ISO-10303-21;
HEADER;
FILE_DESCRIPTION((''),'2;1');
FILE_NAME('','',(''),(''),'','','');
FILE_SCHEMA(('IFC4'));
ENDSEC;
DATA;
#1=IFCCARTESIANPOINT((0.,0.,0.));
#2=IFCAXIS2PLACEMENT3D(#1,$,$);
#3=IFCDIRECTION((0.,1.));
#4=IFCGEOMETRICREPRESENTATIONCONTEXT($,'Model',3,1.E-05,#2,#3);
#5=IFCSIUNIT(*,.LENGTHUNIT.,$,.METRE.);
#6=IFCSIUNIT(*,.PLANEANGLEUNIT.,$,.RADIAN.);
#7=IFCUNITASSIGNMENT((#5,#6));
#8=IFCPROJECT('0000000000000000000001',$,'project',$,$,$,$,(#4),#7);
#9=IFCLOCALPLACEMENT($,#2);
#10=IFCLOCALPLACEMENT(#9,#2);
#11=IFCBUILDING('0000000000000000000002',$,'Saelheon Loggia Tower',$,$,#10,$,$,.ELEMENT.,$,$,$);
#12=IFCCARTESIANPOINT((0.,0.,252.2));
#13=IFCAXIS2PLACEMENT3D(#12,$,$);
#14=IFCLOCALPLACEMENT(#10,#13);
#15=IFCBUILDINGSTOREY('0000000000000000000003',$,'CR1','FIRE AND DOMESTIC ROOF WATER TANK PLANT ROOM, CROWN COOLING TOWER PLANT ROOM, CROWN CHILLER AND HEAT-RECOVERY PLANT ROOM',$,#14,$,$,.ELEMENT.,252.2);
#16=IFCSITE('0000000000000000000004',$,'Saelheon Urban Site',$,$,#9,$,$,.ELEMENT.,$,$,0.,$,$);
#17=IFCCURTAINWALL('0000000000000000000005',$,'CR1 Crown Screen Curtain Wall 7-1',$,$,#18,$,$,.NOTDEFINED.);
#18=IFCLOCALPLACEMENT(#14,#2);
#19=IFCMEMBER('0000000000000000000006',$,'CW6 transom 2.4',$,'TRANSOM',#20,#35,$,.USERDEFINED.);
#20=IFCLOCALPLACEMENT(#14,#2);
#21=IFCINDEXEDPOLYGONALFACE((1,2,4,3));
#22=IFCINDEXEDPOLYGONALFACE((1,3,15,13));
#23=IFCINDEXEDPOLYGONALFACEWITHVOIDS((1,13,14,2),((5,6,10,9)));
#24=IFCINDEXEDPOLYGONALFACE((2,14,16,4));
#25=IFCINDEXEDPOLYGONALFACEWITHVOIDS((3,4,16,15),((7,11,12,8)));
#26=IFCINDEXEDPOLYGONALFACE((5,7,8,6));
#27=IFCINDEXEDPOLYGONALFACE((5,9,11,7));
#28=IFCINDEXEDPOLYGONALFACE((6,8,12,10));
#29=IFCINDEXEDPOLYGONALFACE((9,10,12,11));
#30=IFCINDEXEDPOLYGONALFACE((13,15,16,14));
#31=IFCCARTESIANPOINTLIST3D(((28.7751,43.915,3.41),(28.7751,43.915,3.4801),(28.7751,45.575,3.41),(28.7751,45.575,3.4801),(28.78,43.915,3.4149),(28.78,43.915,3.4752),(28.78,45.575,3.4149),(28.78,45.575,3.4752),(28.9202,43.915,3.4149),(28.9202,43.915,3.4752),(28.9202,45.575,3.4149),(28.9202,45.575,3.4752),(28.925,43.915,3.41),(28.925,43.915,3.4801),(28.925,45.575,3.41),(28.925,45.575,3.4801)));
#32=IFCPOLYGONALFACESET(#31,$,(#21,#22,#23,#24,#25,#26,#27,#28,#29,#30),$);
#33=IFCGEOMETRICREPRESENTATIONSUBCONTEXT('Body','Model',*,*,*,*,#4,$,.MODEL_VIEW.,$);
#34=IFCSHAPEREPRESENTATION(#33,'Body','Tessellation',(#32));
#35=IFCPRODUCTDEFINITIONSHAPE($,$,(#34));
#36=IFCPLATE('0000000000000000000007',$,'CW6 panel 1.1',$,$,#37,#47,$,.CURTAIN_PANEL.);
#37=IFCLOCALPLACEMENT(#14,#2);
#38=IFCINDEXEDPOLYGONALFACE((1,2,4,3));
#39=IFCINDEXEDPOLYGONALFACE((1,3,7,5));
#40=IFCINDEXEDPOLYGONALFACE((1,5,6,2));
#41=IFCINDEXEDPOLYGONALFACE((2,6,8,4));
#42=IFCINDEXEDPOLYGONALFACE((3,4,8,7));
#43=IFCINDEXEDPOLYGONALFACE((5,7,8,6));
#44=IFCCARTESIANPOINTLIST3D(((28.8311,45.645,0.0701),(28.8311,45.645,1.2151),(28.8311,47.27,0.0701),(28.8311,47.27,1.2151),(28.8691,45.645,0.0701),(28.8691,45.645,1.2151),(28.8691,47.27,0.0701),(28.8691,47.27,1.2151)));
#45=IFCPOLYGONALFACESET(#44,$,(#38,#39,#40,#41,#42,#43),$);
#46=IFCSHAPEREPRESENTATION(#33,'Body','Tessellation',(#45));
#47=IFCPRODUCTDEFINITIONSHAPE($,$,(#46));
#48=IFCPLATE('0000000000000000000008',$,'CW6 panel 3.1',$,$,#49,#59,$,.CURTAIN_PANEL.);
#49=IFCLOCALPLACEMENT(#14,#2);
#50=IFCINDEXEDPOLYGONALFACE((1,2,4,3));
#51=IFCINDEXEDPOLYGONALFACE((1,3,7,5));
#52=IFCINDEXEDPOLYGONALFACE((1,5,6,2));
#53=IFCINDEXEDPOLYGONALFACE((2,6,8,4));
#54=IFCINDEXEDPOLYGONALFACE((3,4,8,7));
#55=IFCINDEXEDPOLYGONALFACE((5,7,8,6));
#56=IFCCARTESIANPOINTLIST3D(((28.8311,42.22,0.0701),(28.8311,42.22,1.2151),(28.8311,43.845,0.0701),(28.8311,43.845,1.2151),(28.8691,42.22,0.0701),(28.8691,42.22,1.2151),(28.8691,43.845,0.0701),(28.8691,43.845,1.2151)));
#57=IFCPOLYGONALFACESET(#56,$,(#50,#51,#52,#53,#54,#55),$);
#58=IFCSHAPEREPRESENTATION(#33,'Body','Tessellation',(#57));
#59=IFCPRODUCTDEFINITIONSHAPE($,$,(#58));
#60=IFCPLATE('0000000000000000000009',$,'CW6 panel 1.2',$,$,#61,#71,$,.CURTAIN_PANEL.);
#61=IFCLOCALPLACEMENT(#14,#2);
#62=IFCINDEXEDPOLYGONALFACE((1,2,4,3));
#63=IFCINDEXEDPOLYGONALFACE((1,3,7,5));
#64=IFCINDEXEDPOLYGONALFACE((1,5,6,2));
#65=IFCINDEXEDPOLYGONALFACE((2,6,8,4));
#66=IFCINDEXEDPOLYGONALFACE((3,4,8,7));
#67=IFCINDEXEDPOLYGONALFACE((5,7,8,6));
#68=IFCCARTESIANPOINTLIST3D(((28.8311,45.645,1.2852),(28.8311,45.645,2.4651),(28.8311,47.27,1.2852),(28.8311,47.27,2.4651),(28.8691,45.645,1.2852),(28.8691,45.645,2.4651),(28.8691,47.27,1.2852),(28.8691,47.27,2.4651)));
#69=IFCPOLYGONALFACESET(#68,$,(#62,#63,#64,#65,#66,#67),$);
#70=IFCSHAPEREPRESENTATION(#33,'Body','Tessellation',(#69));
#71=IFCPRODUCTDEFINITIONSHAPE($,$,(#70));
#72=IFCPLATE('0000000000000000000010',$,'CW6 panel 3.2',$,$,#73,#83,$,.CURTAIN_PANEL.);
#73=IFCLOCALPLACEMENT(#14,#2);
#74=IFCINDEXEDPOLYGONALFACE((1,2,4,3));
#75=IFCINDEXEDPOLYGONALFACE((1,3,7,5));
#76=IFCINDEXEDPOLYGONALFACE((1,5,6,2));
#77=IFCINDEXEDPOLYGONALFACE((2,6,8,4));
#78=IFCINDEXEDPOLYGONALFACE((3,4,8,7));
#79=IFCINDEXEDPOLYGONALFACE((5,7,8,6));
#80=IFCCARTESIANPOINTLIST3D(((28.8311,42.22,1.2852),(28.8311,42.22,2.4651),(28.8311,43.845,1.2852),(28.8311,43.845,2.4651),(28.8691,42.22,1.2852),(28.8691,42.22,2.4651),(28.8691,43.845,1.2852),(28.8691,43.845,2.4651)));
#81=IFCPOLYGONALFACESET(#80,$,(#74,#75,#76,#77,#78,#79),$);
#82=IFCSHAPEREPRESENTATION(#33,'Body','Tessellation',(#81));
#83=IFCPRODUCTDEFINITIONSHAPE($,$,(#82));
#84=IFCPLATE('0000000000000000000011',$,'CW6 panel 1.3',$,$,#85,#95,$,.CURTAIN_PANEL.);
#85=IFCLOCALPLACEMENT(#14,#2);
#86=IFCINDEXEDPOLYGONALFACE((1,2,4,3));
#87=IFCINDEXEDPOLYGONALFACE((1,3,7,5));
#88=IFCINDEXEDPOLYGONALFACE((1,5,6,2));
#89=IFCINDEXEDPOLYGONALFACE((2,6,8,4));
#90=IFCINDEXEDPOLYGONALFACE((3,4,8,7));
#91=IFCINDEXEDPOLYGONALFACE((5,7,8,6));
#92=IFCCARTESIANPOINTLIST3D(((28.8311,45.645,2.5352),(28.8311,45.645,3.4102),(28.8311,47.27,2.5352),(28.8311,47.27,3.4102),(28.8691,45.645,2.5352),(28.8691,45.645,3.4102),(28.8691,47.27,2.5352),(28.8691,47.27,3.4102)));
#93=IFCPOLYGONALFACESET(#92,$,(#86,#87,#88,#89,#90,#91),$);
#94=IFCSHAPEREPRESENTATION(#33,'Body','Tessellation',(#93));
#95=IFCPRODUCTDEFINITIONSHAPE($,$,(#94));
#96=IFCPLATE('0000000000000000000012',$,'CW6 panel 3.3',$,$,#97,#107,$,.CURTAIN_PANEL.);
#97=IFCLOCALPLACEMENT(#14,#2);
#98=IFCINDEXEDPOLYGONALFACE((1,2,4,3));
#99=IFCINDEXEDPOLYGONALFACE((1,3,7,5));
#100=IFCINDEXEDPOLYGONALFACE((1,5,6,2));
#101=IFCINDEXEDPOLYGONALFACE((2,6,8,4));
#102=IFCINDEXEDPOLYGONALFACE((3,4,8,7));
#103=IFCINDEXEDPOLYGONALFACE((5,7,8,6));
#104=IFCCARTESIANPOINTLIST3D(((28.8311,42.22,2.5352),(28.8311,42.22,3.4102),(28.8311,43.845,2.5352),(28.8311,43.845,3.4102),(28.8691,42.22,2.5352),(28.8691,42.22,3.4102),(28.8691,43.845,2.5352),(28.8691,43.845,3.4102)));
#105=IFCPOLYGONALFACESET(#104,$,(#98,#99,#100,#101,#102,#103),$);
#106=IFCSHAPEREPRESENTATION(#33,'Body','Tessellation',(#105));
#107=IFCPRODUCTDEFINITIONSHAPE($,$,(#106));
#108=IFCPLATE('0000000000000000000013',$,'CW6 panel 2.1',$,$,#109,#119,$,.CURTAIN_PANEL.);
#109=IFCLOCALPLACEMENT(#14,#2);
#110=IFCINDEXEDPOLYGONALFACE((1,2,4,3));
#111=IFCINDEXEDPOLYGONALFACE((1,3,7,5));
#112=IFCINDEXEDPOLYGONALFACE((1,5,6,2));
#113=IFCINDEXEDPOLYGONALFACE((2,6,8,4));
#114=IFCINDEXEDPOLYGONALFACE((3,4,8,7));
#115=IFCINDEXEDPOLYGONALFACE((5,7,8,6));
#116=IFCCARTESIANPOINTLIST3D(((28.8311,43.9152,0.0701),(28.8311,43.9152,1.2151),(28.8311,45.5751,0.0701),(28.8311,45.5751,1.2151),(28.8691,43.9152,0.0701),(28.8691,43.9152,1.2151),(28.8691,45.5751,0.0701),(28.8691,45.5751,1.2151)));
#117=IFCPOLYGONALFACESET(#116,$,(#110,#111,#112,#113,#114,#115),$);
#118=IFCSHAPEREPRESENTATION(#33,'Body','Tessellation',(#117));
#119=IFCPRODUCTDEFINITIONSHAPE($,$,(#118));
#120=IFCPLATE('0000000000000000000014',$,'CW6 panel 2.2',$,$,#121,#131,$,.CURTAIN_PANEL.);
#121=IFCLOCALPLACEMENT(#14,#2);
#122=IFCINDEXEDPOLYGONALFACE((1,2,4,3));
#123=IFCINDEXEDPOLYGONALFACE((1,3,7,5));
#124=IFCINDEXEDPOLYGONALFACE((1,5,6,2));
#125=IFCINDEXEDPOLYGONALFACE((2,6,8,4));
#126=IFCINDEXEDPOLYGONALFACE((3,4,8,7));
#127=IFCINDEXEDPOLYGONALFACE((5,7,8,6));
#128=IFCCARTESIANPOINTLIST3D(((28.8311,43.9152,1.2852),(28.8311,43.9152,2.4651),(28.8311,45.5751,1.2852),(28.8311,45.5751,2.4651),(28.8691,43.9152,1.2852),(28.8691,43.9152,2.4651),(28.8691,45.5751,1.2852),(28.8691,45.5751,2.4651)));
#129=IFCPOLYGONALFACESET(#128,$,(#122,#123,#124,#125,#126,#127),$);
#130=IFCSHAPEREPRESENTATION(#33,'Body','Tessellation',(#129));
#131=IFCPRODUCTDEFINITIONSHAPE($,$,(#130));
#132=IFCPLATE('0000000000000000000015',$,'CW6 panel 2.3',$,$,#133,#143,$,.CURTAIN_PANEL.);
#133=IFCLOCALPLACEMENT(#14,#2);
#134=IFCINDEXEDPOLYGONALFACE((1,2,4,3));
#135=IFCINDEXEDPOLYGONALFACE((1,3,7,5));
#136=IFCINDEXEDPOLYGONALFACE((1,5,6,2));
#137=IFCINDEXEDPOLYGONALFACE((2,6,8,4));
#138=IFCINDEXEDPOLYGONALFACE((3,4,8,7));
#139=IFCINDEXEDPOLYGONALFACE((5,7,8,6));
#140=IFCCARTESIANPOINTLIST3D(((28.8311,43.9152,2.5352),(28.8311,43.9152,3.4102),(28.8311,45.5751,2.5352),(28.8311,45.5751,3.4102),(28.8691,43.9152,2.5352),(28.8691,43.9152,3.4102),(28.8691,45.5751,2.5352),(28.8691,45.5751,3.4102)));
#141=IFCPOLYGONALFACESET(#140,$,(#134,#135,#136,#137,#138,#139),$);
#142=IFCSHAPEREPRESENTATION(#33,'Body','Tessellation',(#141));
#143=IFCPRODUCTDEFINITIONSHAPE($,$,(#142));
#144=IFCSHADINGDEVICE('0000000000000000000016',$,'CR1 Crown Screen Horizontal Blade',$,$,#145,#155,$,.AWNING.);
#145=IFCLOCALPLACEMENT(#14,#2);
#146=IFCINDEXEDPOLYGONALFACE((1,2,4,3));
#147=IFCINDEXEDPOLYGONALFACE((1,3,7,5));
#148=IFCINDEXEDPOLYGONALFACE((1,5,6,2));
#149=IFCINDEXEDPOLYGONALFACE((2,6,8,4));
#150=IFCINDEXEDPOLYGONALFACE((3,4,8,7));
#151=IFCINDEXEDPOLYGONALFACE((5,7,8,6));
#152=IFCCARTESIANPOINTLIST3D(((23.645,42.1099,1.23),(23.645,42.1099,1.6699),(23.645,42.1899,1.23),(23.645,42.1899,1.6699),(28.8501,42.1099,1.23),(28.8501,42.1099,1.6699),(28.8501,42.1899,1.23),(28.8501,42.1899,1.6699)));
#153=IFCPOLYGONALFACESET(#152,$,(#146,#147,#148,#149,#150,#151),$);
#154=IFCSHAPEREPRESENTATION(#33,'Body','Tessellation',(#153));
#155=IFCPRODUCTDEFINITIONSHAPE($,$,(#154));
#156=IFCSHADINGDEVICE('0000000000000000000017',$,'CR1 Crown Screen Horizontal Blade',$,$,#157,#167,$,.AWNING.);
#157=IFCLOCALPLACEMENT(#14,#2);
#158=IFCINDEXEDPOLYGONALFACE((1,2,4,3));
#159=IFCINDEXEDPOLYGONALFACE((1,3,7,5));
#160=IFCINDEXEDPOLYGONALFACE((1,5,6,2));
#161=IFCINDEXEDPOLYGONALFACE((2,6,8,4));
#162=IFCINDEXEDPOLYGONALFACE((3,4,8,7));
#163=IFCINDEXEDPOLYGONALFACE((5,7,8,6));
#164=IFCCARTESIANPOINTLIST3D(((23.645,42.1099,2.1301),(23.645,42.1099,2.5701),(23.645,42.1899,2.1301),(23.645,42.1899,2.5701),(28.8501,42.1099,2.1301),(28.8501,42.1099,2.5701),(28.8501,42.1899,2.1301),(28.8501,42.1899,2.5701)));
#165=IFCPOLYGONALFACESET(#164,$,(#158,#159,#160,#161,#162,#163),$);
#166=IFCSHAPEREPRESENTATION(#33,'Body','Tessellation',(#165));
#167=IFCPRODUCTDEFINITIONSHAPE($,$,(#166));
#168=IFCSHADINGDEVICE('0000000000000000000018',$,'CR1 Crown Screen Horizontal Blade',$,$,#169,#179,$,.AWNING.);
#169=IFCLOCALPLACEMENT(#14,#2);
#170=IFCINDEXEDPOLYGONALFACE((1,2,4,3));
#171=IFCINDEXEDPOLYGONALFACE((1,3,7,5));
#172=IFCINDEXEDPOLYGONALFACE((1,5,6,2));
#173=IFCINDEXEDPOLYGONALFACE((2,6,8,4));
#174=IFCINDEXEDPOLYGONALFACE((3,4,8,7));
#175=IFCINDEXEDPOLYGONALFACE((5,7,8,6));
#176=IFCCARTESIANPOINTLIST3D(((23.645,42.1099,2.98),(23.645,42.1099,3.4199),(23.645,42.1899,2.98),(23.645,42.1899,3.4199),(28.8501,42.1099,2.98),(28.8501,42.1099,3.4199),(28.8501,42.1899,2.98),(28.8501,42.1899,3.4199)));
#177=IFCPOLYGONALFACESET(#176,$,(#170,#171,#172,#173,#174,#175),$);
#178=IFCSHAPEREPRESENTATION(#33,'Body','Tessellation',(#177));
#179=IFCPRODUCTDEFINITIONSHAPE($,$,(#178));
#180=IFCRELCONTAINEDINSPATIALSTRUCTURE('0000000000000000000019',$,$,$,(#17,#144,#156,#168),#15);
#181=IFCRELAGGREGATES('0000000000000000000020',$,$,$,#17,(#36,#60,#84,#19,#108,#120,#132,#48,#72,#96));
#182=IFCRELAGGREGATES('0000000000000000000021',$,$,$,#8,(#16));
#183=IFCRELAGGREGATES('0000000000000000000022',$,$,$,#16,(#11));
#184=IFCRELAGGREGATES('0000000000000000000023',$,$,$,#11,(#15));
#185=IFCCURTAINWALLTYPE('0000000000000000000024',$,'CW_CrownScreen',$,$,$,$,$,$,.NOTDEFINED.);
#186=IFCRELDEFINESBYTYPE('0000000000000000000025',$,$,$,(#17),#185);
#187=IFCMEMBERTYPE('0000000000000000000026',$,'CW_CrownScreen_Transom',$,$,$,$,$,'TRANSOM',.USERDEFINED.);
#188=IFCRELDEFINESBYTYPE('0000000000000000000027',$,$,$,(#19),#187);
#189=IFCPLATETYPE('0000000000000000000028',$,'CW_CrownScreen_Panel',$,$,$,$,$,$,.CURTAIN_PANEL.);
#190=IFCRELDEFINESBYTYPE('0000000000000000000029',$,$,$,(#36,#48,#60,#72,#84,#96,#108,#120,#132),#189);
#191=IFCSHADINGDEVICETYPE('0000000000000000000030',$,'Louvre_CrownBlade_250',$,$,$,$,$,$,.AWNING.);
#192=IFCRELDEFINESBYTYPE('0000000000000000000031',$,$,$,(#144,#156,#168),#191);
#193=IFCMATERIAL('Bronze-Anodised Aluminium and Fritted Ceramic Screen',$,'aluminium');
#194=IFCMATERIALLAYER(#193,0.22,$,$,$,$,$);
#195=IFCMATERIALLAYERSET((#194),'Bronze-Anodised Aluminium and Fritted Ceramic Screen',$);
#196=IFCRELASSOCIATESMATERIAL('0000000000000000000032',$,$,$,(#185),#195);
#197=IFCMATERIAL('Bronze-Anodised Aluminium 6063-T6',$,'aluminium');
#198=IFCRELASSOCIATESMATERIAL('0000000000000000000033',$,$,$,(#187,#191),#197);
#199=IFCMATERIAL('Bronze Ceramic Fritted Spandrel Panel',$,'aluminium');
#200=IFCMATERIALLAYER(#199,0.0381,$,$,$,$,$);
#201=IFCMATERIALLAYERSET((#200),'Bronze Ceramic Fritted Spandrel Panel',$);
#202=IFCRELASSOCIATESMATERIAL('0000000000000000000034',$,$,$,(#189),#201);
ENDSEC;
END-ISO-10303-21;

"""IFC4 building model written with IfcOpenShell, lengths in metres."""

from ifc_helpers import new_model, si_unit, direction, frame, origin, origin_2d, place, context, subcontext, project, spatial, rectangle, hollow_rectangle, extrude, source, transform, mapped, material, layer, layer_set, material_profile, profile_set, type_object, element, aggregate, save


model = new_model("IFC4")

# Units and contexts
model_context = context("Model", 3, precision=1e-05, world=origin(), true_north=direction((0.0, 1.0)))
body_context = subcontext(model_context, "Body", "Model", "MODEL_VIEW")
ifc_project = project(units=[si_unit("LENGTHUNIT", "METRE"), si_unit("PLANEANGLEUNIT", "RADIAN")], contexts=[model_context])

# Site, building, storey
site_placement = place(None, origin())
site = spatial("IfcSite", under=ifc_project, at=site_placement, Name="Saelheon Urban Site", CompositionType="ELEMENT", RefElevation=0.0)
building_placement = place(site_placement, origin())
building = spatial("IfcBuilding", under=site, at=building_placement, Name="Saelheon Loggia Tower", CompositionType="ELEMENT")
storey_placement = place(building_placement, frame((0.0, 0.0, 252.2)))
storey = spatial("IfcBuildingStorey", under=building, at=storey_placement, Name="CR1", Description="FIRE AND DOMESTIC ROOF WATER TANK PLANT ROOM, CROWN COOLING TOWER PLANT ROOM, CROWN CHILLER AND HEAT-RECOVERY PLANT ROOM", CompositionType="ELEMENT", Elevation=252.2)

# Curtain wall, member, plates
ifc_material_1 = material(Name="Bronze-Anodised Aluminium and Fritted Ceramic Screen", Category="aluminium")
ifc_layer_1 = layer(ifc_material_1, 0.22)
ifc_layer_set_1 = layer_set([ifc_layer_1], Name="Bronze-Anodised Aluminium and Fritted Ceramic Screen")
curtain_wall_type = type_object("IfcCurtainWallType", Name="CW_CrownScreen", PredefinedType="NOTDEFINED", material=ifc_layer_set_1)
curtain_wall_placement = place(storey_placement, origin())
curtain_wall = element("IfcCurtainWall", 1, at=curtain_wall_placement, inside=storey, type_object=curtain_wall_type, Name="CR1 Crown Screen Curtain Wall 7-1", PredefinedType="NOTDEFINED")
ifc_material_2 = material(Name="Bronze-Anodised Aluminium 6063-T6", Category="aluminium")
ifc_material_profile_1 = material_profile(ifc_material_2, hollow_rectangle(XDim=0.0701, YDim=0.1499, WallThickness=0.0049, at=origin_2d()), Name="RHS-150x70x5")
ifc_profile_set_1 = profile_set([ifc_material_profile_1], Name="Bronze-Anodised Aluminium 6063-T6")
member_type_1 = type_object("IfcMemberType", Name="CW_CrownScreen_Transom", ElementType="TRANSOM", PredefinedType="USERDEFINED", material=ifc_profile_set_1)
shared_shape_1 = source(origin(), body_context, "Body", "SweptSolid", [
    extrude(hollow_rectangle(XDim=0.0701, YDim=0.1499, WallThickness=0.0049, at=origin_2d()), origin(), (0.0, 0.0, 1.0), 1.6599),
])
member_1_placement = place(storey_placement, frame((28.8501, 45.575, 3.4451), z_axis=(0.0, -1.0, 0.0), x_axis=(0.0, 0.0, 1.0)))
member_1 = element("IfcMember", 2, at=member_1_placement, type_object=member_type_1, Name="CW6 transom 2.4", ObjectType="TRANSOM", PredefinedType="USERDEFINED", context=body_context, shape_type="MappedRepresentation", body=[
    mapped(shared_shape_1, transform((0.0, 0.0, 0.0), scale=1.0)),
])
ifc_material_3 = material(Name="Bronze Ceramic Fritted Spandrel Panel", Category="aluminium")
ifc_layer_2 = layer(ifc_material_3, 0.0381)
ifc_layer_set_2 = layer_set([ifc_layer_2], Name="Bronze Ceramic Fritted Spandrel Panel")
plate_type = type_object("IfcPlateType", Name="CW_CrownScreen_Panel", PredefinedType="CURTAIN_PANEL", material=ifc_layer_set_2)
shared_shape_2 = source(origin(), body_context, "Body", "SweptSolid", [
    extrude(rectangle(XDim=1.625, YDim=0.0381, at=origin_2d()), origin(), (0.0, 0.0, 1.0), 1.145),
])
plate_1_placement = place(storey_placement, frame((28.8501, 46.4575, 0.0701), z_axis=(0.0, 0.0, 1.0), x_axis=(0.0, -1.0, 0.0)))
plate_1 = element("IfcPlate", 3, at=plate_1_placement, type_object=plate_type, Name="CW6 panel 1.1", PredefinedType="CURTAIN_PANEL", context=body_context, shape_type="MappedRepresentation", body=[
    mapped(shared_shape_2, transform((0.0, 0.0, 0.0), scale=1.0)),
])
plate_2_placement = place(storey_placement, frame((28.8501, 43.0325, 0.0701), z_axis=(0.0, 0.0, 1.0), x_axis=(0.0, -1.0, 0.0)))
plate_2 = element("IfcPlate", 4, at=plate_2_placement, type_object=plate_type, Name="CW6 panel 3.1", PredefinedType="CURTAIN_PANEL", context=body_context, shape_type="MappedRepresentation", body=[
    mapped(shared_shape_2, transform((0.0, 0.0, 0.0), scale=1.0)),
])
shared_shape_3 = source(origin(), body_context, "Body", "SweptSolid", [
    extrude(rectangle(XDim=1.625, YDim=0.0381, at=origin_2d()), origin(), (0.0, 0.0, 1.0), 1.1799),
])
plate_3_placement = place(storey_placement, frame((28.8501, 46.4575, 1.2852), z_axis=(0.0, 0.0, 1.0), x_axis=(0.0, -1.0, 0.0)))
plate_3 = element("IfcPlate", 5, at=plate_3_placement, type_object=plate_type, Name="CW6 panel 1.2", PredefinedType="CURTAIN_PANEL", context=body_context, shape_type="MappedRepresentation", body=[
    mapped(shared_shape_3, transform((0.0, 0.0, 0.0), scale=1.0)),
])
plate_4_placement = place(storey_placement, frame((28.8501, 43.0325, 1.2852), z_axis=(0.0, 0.0, 1.0), x_axis=(0.0, -1.0, 0.0)))
plate_4 = element("IfcPlate", 6, at=plate_4_placement, type_object=plate_type, Name="CW6 panel 3.2", PredefinedType="CURTAIN_PANEL", context=body_context, shape_type="MappedRepresentation", body=[
    mapped(shared_shape_3, transform((0.0, 0.0, 0.0), scale=1.0)),
])
shared_shape_4 = source(origin(), body_context, "Body", "SweptSolid", [
    extrude(rectangle(XDim=1.625, YDim=0.0381, at=origin_2d()), origin(), (0.0, 0.0, 1.0), 0.875),
])
plate_5_placement = place(storey_placement, frame((28.8501, 46.4575, 2.5352), z_axis=(0.0, 0.0, 1.0), x_axis=(0.0, -1.0, 0.0)))
plate_5 = element("IfcPlate", 7, at=plate_5_placement, type_object=plate_type, Name="CW6 panel 1.3", PredefinedType="CURTAIN_PANEL", context=body_context, shape_type="MappedRepresentation", body=[
    mapped(shared_shape_4, transform((0.0, 0.0, 0.0), scale=1.0)),
])
plate_6_placement = place(storey_placement, frame((28.8501, 43.0325, 2.5352), z_axis=(0.0, 0.0, 1.0), x_axis=(0.0, -1.0, 0.0)))
plate_6 = element("IfcPlate", 8, at=plate_6_placement, type_object=plate_type, Name="CW6 panel 3.3", PredefinedType="CURTAIN_PANEL", context=body_context, shape_type="MappedRepresentation", body=[
    mapped(shared_shape_4, transform((0.0, 0.0, 0.0), scale=1.0)),
])
shared_shape_5 = source(origin(), body_context, "Body", "SweptSolid", [
    extrude(rectangle(XDim=1.6599, YDim=0.0381, at=origin_2d()), origin(), (0.0, 0.0, 1.0), 1.145),
])
plate_7_placement = place(storey_placement, frame((28.8501, 44.7451, 0.0701), z_axis=(0.0, 0.0, 1.0), x_axis=(0.0, -1.0, 0.0)))
plate_7 = element("IfcPlate", 9, at=plate_7_placement, type_object=plate_type, Name="CW6 panel 2.1", PredefinedType="CURTAIN_PANEL", context=body_context, shape_type="MappedRepresentation", body=[
    mapped(shared_shape_5, transform((0.0, 0.0, 0.0), scale=1.0)),
])
shared_shape_6 = source(origin(), body_context, "Body", "SweptSolid", [
    extrude(rectangle(XDim=1.6599, YDim=0.0381, at=origin_2d()), origin(), (0.0, 0.0, 1.0), 1.1799),
])
plate_8_placement = place(storey_placement, frame((28.8501, 44.7451, 1.2852), z_axis=(0.0, 0.0, 1.0), x_axis=(0.0, -1.0, 0.0)))
plate_8 = element("IfcPlate", 10, at=plate_8_placement, type_object=plate_type, Name="CW6 panel 2.2", PredefinedType="CURTAIN_PANEL", context=body_context, shape_type="MappedRepresentation", body=[
    mapped(shared_shape_6, transform((0.0, 0.0, 0.0), scale=1.0)),
])
shared_shape_7 = source(origin(), body_context, "Body", "SweptSolid", [
    extrude(rectangle(XDim=1.6599, YDim=0.0381, at=origin_2d()), origin(), (0.0, 0.0, 1.0), 0.875),
])
plate_9_placement = place(storey_placement, frame((28.8501, 44.7451, 2.5352), z_axis=(0.0, 0.0, 1.0), x_axis=(0.0, -1.0, 0.0)))
plate_9 = element("IfcPlate", 11, at=plate_9_placement, type_object=plate_type, Name="CW6 panel 2.3", PredefinedType="CURTAIN_PANEL", context=body_context, shape_type="MappedRepresentation", body=[
    mapped(shared_shape_7, transform((0.0, 0.0, 0.0), scale=1.0)),
])
aggregate(curtain_wall, [plate_1, plate_3, plate_5, member_1, plate_7, plate_8, plate_9, plate_2, plate_4, plate_6])

# Shading devices
ifc_material_profile_2 = material_profile(ifc_material_2, rectangle(XDim=0.0801, YDim=0.4399, at=origin_2d()), Name="Louvre_CrownBlade_250")
ifc_profile_set_2 = profile_set([ifc_material_profile_2], Name="Bronze-Anodised Aluminium 6063-T6")
shading_device_type = type_object("IfcShadingDeviceType", Name="Louvre_CrownBlade_250", PredefinedType="AWNING", material=ifc_profile_set_2)
shared_shape_8 = source(origin(), body_context, "Body", "SweptSolid", [
    extrude(rectangle(XDim=0.0801, YDim=0.4399, at=origin_2d()), origin(), (0.0, 0.0, 1.0), 5.2051),
])
for number, where, z_axis, x_axis, name in (
    (12, (28.8501, 42.1499, 1.45), (-1.0, 0.0, 0.0), (0.0, -1.0, 0.0), "CR1 Crown Screen Horizontal Blade"),
    (13, (28.8501, 42.1499, 2.3501), (-1.0, 0.0, 0.0), (0.0, -1.0, 0.0), "CR1 Crown Screen Horizontal Blade"),
    (14, (28.8501, 42.1499, 3.2), (-1.0, 0.0, 0.0), (0.0, -1.0, 0.0), "CR1 Crown Screen Horizontal Blade"),
):
    element("IfcShadingDevice", number, at=place(storey_placement, frame(where, z_axis=z_axis, x_axis=x_axis)), inside=storey, type_object=shading_device_type, Name=name, PredefinedType="AWNING", context=body_context, shape_type="MappedRepresentation", body=[
        mapped(shared_shape_8, transform((0.0, 0.0, 0.0), scale=1.0)),
    ])

save(model, "model.ifc")
